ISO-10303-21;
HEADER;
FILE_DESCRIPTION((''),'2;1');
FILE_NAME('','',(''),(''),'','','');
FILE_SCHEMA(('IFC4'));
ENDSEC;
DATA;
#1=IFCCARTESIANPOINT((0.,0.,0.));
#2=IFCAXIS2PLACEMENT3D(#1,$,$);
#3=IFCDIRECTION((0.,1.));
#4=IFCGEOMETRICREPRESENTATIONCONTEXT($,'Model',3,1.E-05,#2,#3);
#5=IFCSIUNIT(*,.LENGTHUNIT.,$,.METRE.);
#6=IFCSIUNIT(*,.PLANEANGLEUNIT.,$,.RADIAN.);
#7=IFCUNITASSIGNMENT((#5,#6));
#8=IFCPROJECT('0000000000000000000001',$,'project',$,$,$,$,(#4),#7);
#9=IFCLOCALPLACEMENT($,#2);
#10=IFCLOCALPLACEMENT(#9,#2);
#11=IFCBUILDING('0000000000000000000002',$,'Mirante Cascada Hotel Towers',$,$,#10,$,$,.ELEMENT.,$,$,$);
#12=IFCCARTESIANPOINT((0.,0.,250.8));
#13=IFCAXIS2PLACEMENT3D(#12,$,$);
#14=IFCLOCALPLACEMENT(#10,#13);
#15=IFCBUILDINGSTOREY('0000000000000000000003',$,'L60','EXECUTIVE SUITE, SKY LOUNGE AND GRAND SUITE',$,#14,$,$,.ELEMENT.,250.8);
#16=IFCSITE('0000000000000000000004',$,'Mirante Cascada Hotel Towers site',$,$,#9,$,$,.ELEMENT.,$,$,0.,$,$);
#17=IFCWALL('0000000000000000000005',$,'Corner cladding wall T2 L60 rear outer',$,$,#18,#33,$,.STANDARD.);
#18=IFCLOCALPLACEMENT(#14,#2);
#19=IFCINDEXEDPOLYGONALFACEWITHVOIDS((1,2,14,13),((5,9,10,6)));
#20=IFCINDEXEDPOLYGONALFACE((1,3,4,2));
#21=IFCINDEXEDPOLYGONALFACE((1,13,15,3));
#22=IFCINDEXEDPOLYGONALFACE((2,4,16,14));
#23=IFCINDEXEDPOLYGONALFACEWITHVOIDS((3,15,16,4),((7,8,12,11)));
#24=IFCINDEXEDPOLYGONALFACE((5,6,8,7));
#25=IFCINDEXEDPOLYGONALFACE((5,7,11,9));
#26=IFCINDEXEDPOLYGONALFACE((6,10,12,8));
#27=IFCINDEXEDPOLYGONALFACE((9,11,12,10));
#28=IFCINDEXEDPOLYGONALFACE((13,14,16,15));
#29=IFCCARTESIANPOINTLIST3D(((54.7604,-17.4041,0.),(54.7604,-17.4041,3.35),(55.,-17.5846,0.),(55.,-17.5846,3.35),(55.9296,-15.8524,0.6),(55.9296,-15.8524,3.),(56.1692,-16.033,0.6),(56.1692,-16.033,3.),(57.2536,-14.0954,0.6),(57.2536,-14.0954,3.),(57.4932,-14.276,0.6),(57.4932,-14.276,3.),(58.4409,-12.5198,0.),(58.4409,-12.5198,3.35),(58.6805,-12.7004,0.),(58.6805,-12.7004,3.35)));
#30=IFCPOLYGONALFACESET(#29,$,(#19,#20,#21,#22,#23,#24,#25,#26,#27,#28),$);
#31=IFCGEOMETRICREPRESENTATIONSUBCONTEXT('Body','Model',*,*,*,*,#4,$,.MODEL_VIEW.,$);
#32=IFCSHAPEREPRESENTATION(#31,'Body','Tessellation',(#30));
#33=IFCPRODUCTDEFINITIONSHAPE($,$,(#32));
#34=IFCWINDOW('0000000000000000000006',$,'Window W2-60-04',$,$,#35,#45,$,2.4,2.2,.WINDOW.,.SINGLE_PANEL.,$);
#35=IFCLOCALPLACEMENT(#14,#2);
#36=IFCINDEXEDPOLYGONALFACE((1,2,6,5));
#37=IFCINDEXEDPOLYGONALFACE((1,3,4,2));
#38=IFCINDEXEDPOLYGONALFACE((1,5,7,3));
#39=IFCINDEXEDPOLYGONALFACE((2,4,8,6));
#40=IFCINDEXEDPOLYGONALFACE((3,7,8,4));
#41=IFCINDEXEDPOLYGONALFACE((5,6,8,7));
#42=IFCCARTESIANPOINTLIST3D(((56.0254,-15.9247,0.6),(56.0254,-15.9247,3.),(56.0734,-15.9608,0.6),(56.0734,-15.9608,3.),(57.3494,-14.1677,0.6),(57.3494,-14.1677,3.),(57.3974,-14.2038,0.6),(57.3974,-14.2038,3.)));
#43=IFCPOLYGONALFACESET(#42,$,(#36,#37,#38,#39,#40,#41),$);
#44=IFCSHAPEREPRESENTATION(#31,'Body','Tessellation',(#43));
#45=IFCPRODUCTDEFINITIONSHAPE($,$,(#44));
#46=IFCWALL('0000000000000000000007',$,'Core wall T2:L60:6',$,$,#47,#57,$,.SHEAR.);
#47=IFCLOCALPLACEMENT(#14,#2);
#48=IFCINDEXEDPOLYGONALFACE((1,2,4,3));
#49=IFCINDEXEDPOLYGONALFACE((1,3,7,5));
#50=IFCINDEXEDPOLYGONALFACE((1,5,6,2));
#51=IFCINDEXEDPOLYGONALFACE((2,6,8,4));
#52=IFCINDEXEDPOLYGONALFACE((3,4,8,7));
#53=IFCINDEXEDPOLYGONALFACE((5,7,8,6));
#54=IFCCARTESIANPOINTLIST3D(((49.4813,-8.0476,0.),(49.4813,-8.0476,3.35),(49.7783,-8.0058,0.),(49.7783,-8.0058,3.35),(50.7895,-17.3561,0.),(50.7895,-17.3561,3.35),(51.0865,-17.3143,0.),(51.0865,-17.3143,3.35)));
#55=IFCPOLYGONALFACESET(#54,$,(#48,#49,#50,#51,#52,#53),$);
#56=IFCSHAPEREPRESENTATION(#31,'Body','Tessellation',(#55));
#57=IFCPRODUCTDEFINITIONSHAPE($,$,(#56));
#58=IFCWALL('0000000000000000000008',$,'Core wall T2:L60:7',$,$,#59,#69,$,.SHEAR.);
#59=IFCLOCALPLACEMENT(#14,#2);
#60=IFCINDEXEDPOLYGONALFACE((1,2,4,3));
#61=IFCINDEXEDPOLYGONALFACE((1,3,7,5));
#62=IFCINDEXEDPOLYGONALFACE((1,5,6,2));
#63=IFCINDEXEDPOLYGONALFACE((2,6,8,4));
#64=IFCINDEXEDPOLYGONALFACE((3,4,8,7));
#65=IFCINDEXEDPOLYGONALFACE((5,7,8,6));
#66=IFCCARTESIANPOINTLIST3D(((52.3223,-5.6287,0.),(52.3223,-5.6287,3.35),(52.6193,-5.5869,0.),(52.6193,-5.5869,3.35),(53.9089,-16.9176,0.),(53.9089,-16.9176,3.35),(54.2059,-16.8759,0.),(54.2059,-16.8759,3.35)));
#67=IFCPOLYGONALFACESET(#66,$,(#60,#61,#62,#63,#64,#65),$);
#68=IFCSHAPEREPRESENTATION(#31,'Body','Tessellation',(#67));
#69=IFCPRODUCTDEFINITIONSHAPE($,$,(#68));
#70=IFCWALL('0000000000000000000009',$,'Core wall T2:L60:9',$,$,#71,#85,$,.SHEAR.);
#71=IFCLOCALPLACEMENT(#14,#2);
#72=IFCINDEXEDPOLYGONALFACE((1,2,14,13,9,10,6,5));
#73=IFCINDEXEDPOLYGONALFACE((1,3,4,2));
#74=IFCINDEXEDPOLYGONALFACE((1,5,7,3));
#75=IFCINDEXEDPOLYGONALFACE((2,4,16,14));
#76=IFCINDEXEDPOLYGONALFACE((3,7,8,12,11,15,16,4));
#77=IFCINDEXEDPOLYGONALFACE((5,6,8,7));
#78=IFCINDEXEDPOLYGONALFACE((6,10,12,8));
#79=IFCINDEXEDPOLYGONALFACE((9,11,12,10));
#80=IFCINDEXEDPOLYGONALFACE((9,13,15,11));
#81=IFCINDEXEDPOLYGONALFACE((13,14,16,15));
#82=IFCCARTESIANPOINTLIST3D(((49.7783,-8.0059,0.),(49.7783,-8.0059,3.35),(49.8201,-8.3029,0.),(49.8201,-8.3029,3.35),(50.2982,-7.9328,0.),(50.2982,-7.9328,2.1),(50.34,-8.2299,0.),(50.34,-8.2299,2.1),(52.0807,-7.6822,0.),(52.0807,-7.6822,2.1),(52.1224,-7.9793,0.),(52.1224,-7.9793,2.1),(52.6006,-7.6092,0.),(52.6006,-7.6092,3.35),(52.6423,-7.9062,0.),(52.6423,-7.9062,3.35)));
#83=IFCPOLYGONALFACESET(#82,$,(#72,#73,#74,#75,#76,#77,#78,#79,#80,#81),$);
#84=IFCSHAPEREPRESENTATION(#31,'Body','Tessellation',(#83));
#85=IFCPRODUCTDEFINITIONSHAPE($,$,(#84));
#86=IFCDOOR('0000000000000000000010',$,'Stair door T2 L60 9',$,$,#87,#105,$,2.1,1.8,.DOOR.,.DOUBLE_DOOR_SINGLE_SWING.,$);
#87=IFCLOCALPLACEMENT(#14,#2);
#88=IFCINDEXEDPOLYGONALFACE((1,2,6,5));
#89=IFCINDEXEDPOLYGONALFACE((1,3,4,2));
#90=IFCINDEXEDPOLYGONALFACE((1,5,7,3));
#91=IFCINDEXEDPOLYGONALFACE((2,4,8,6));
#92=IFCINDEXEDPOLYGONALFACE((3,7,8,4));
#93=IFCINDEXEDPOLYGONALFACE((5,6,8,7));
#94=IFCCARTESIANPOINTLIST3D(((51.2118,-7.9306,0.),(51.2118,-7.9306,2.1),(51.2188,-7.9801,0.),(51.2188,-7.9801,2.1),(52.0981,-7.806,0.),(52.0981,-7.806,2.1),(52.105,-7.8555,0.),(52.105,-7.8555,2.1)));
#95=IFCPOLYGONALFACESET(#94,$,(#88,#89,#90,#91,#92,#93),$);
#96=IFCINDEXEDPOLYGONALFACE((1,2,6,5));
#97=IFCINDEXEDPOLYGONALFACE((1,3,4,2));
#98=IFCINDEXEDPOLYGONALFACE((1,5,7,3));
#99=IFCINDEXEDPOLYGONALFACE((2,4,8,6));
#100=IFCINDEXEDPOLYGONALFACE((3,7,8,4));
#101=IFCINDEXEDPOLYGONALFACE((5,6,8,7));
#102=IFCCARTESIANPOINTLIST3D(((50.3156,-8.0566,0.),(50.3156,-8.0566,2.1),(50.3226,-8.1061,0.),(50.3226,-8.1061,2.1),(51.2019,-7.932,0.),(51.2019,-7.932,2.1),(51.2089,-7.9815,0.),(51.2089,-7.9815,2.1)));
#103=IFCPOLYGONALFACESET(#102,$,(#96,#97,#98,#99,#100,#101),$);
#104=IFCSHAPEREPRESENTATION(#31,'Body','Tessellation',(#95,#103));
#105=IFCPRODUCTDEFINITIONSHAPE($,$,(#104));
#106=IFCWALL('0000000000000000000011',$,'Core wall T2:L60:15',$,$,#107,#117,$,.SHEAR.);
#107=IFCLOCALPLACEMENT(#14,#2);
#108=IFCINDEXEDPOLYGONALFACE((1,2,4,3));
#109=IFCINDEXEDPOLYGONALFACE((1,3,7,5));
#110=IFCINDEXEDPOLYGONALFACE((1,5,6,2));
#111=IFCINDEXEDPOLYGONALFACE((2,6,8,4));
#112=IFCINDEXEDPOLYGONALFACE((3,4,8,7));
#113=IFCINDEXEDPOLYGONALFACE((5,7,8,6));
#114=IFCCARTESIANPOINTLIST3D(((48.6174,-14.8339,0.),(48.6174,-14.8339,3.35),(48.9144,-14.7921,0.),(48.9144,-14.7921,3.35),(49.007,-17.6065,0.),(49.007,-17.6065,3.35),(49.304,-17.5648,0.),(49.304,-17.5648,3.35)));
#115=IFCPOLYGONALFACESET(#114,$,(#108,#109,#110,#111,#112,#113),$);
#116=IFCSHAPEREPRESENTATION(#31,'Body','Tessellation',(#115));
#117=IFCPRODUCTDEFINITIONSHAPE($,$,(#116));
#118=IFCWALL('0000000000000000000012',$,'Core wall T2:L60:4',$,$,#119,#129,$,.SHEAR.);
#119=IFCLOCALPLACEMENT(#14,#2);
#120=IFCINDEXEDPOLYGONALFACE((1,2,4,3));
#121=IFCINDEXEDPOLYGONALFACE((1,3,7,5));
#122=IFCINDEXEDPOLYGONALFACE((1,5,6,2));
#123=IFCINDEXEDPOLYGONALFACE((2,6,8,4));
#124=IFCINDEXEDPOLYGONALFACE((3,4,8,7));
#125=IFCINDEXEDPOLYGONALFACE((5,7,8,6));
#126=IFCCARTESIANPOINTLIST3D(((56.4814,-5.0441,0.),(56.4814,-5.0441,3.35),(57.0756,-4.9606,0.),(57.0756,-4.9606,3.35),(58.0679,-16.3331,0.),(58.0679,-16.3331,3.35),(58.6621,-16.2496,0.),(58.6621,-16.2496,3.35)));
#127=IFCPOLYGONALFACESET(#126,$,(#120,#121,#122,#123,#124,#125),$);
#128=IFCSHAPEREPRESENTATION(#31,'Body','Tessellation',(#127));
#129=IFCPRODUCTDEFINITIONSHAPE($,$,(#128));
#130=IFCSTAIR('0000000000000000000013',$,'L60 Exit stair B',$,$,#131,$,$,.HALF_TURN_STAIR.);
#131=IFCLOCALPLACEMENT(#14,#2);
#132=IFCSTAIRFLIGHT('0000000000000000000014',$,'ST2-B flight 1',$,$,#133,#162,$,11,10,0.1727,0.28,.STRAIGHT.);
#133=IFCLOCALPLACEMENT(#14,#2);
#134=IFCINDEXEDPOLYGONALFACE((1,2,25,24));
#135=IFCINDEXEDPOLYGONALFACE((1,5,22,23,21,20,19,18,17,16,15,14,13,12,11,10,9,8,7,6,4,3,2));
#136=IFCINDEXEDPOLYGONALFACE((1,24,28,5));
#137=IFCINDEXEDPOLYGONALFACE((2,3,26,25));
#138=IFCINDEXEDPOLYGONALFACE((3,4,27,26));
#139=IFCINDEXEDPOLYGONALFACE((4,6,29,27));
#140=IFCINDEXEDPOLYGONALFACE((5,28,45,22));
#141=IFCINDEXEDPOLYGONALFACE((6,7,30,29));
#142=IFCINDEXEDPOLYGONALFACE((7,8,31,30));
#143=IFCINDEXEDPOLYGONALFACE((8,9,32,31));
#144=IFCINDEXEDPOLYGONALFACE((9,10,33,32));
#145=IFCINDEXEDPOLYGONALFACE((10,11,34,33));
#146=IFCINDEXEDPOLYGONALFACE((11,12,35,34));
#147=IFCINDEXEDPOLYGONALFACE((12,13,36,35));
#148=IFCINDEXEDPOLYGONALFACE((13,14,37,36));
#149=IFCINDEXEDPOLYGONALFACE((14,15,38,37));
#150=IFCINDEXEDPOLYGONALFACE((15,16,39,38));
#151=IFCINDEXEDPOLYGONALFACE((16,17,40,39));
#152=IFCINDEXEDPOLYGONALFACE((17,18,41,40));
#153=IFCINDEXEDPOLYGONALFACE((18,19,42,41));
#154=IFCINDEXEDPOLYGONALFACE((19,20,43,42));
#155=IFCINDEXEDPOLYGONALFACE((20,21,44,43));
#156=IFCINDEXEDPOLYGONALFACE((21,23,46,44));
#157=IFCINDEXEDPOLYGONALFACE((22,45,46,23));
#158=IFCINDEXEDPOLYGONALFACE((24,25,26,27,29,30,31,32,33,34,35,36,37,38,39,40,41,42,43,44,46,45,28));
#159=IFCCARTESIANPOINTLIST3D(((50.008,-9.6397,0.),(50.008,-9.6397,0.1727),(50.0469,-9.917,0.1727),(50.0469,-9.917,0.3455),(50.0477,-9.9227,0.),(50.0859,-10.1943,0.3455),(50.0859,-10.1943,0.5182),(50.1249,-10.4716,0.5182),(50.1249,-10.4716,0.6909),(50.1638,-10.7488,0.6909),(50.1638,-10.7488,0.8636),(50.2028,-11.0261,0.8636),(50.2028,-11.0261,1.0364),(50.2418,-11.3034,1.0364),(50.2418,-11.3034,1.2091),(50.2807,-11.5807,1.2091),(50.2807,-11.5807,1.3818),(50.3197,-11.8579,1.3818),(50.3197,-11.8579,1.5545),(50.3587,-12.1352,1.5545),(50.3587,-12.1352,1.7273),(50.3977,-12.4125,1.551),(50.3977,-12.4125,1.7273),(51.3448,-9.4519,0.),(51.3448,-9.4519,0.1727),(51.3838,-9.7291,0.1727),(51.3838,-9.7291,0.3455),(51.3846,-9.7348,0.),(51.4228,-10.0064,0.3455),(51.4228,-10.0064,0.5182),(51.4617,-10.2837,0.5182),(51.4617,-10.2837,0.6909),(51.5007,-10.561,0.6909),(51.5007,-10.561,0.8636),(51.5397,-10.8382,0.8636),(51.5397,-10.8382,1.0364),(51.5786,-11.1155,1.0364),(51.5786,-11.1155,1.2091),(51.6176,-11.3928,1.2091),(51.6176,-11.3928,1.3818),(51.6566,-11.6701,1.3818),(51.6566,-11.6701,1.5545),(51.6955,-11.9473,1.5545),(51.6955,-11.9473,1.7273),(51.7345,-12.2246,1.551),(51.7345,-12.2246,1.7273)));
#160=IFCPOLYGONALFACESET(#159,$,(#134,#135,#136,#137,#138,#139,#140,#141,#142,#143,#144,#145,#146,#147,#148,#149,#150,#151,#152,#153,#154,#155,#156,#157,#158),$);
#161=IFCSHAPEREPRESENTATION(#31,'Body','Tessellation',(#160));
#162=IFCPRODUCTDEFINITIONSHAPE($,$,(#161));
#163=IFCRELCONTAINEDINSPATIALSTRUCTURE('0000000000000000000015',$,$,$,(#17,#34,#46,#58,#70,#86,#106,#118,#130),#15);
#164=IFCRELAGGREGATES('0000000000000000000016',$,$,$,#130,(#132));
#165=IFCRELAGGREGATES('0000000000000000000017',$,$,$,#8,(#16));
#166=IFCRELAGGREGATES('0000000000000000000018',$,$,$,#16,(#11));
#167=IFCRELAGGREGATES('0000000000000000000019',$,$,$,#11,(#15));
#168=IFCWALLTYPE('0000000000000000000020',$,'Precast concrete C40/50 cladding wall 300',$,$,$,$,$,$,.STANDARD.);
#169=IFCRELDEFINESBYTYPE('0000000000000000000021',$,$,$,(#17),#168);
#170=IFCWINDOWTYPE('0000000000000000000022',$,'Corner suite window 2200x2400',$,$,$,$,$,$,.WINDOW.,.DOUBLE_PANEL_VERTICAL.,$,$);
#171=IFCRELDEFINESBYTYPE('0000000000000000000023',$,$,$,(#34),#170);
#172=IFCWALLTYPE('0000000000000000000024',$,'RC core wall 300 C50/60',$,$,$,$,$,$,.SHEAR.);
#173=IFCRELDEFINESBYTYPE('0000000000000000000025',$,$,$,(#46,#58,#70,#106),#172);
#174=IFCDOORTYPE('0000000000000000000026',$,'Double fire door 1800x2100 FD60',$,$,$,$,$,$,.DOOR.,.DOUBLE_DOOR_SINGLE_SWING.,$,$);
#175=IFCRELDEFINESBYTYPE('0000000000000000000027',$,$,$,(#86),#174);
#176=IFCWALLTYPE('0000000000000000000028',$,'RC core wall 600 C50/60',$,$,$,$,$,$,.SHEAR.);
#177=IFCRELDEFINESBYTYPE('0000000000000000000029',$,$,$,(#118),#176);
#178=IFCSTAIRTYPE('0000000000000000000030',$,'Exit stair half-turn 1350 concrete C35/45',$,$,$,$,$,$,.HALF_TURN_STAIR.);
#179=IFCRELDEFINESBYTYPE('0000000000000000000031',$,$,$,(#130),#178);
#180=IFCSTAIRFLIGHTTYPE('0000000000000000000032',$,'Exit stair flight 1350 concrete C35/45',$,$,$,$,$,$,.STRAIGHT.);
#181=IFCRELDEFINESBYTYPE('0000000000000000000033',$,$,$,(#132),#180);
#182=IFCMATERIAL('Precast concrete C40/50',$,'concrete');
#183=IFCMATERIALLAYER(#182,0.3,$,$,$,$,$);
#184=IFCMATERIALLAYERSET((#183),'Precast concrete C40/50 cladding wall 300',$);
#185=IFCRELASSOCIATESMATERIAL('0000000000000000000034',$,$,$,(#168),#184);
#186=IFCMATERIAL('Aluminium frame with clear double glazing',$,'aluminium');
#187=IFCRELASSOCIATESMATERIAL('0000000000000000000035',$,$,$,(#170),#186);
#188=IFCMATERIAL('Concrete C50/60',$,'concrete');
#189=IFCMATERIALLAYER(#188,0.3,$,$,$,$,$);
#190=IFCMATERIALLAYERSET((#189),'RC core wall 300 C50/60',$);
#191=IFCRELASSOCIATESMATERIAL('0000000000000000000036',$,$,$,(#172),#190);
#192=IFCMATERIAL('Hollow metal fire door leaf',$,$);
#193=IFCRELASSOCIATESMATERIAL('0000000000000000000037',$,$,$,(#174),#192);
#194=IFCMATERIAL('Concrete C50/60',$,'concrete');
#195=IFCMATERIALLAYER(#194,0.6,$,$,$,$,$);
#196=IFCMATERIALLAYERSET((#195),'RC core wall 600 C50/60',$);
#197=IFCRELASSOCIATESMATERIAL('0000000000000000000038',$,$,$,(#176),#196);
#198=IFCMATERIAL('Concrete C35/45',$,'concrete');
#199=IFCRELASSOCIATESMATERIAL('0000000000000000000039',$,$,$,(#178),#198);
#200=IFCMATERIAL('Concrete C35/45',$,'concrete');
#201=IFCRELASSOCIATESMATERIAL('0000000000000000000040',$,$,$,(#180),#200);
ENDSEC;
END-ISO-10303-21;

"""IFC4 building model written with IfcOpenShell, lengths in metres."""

from ifc_helpers import new_model, si_unit, direction, frame, frame_2d, origin, place, context, subcontext, project, spatial, polyline, rectangle, outline, extrude, material, layer, layer_set, type_object, element, fill, aggregate, save


model = new_model("IFC4")

# Units and contexts
model_context = context("Model", 3, precision=1e-05, world=origin(), true_north=direction((0.0, 1.0)))
body_context = subcontext(model_context, "Body", "Model", "MODEL_VIEW")
ifc_project = project(units=[si_unit("LENGTHUNIT", "METRE"), si_unit("PLANEANGLEUNIT", "RADIAN")], contexts=[model_context])

# Site, building, storey
site_placement = place(None, origin())
site = spatial("IfcSite", under=ifc_project, at=site_placement, Name="Mirante Cascada Hotel Towers site", CompositionType="ELEMENT", RefElevation=0.0)
building_placement = place(site_placement, origin())
building = spatial("IfcBuilding", under=site, at=building_placement, Name="Mirante Cascada Hotel Towers", CompositionType="ELEMENT")
storey_placement = place(building_placement, frame((0.0, 0.0, 250.8)))
storey = spatial("IfcBuildingStorey", under=building, at=storey_placement, Name="L60", Description="EXECUTIVE SUITE, SKY LOUNGE AND GRAND SUITE", CompositionType="ELEMENT", Elevation=250.8)

# Wall, opening, window
ifc_material_1 = material(Name="Precast concrete C40/50", Category="concrete")
ifc_layer_1 = layer(ifc_material_1, 0.3)
ifc_layer_set_1 = layer_set([ifc_layer_1], Name="Precast concrete C40/50 cladding wall 300")
wall_type_1 = type_object("IfcWallType", Name="Precast concrete C40/50 cladding wall 300", PredefinedType="STANDARD", material=ifc_layer_set_1)
wall_1_placement = place(storey_placement, frame((54.8802, -17.4943, 0.0), z_axis=(0.0, 0.0, 1.0), x_axis=(0.601814, 0.798636, 0.0)))
wall_1 = element("IfcWall", 1, at=wall_1_placement, inside=storey, type_object=wall_type_1, Name="Corner cladding wall T2 L60 rear outer", PredefinedType="STANDARD", context=body_context, shape_type="SweptSolid", body=[
    extrude(rectangle(XDim=6.1157, YDim=0.3, at=frame_2d((3.0578, 0.0))), origin(), (0.0, 0.0, 1.0), 3.35),
])
opening_1_placement = place(wall_1_placement, frame((1.9428, 0.0, 0.6)))
opening_1 = element("IfcOpeningElement", 2, at=opening_1_placement, cuts=wall_1, PredefinedType="OPENING", context=body_context, shape_type="SweptSolid", body=[
    extrude(rectangle(XDim=2.2, YDim=2.4, at=frame_2d((1.1, 1.2))), frame((0.0, 0.15, 0.0), z_axis=(0.0, -1.0, 0.0), x_axis=(1.0, 0.0, 0.0)), (0.0, 0.0, 1.0), 0.3),
])
ifc_material_2 = material(Name="Aluminium frame with clear double glazing", Category="aluminium")
window_type = type_object("IfcWindowType", Name="Corner suite window 2200x2400", PartitioningType="DOUBLE_PANEL_VERTICAL", PredefinedType="WINDOW", material=ifc_material_2)
window_placement = place(opening_1_placement, origin())
window = element("IfcWindow", 3, at=window_placement, inside=storey, type_object=window_type, Name="Window W2-60-04", OverallHeight=2.4, OverallWidth=2.2, PartitioningType="SINGLE_PANEL", PredefinedType="WINDOW", context=body_context, shape_type="SweptSolid", body=[
    extrude(rectangle(XDim=2.2, YDim=2.4, at=frame_2d((1.1, 1.2))), frame((0.0, 0.03, 0.0), z_axis=(0.0, -1.0, 0.0), x_axis=(1.0, 0.0, 0.0)), (0.0, 0.0, 1.0), 0.06),
])
fill(opening_1, window)

# Walls
ifc_material_3 = material(Name="Concrete C50/60", Category="concrete")
ifc_layer_2 = layer(ifc_material_3, 0.3)
ifc_layer_set_2 = layer_set([ifc_layer_2], Name="RC core wall 300 C50/60")
wall_type_2 = type_object("IfcWallType", Name="RC core wall 300 C50/60", PredefinedType="SHEAR", material=ifc_layer_set_2)
wall_2_placement = place(storey_placement, frame((50.938, -17.3352, 0.0), z_axis=(0.0, 0.0, 1.0), x_axis=(-0.139171, 0.990268, 0.0)))
element("IfcWall", 4, at=wall_2_placement, inside=storey, type_object=wall_type_2, Name="Core wall T2:L60:6", PredefinedType="SHEAR", context=body_context, shape_type="SweptSolid", body=[
    extrude(rectangle(XDim=9.4, YDim=0.3, at=frame_2d((4.7, 0.0))), origin(), (0.0, 0.0, 1.0), 3.35),
])
wall_3_placement = place(storey_placement, frame((54.0574, -16.8968, 0.0), z_axis=(0.0, 0.0, 1.0), x_axis=(-0.139176, 0.990268, 0.0)))
element("IfcWall", 5, at=wall_3_placement, inside=storey, type_object=wall_type_2, Name="Core wall T2:L60:7", PredefinedType="SHEAR", context=body_context, shape_type="SweptSolid", body=[
    extrude(rectangle(XDim=11.3999, YDim=0.3, at=frame_2d((5.7, 0.0))), origin(), (0.0, 0.0, 1.0), 3.35),
])

# Wall, opening, door
wall_4_placement = place(storey_placement, frame((49.7992, -8.1544, 0.0), z_axis=(0.0, 0.0, 1.0), x_axis=(0.990266, 0.139191, 0.0)))
wall_4 = element("IfcWall", 6, at=wall_4_placement, inside=storey, type_object=wall_type_2, Name="Core wall T2:L60:9", PredefinedType="SHEAR", context=body_context, shape_type="SweptSolid", body=[
    extrude(rectangle(XDim=2.85, YDim=0.3, at=frame_2d((1.425, 0.0))), origin(), (0.0, 0.0, 1.0), 3.35),
])
opening_2_placement = place(wall_4_placement, frame((0.525, 0.0, 0.0)))
opening_2 = element("IfcOpeningElement", 7, at=opening_2_placement, cuts=wall_4, PredefinedType="OPENING", context=body_context, shape_type="SweptSolid", body=[
    extrude(rectangle(XDim=1.8, YDim=2.1, at=frame_2d((0.9, 1.05))), frame((0.0, 0.15, 0.0), z_axis=(0.0, -1.0, 0.0), x_axis=(1.0, 0.0, 0.0)), (0.0, 0.0, 1.0), 0.3),
])
ifc_material_4 = material(Name="Hollow metal fire door leaf")
door_type_1 = type_object("IfcDoorType", Name="Double fire door 1800x2100 FD60", OperationType="DOUBLE_DOOR_SINGLE_SWING", PredefinedType="DOOR", material=ifc_material_4)
door_1_placement = place(opening_2_placement, frame((1.8, 0.0, 0.0), z_axis=(0.0, 0.0, 1.0), x_axis=(-1.0, 0.0, 0.0)))
door_1 = element("IfcDoor", 8, at=door_1_placement, inside=storey, type_object=door_type_1, Name="Stair door T2 L60 9", OperationType="DOUBLE_DOOR_SINGLE_SWING", OverallHeight=2.1, OverallWidth=1.8, PredefinedType="DOOR", context=body_context, shape_type="SweptSolid", body=[
    extrude(rectangle(XDim=0.895, YDim=2.1, at=frame_2d((0.4475, 1.05))), frame((0.0, 0.025, 0.0), z_axis=(0.0, -1.0, 0.0), x_axis=(1.0, 0.0, 0.0)), (0.0, 0.0, 1.0), 0.05),
    extrude(rectangle(XDim=0.895, YDim=2.1, at=frame_2d((1.3525, 1.05))), frame((0.0, 0.025, 0.0), z_axis=(0.0, -1.0, 0.0), x_axis=(1.0, 0.0, 0.0)), (0.0, 0.0, 1.0), 0.05),
])
fill(opening_2, door_1)

# Walls
wall_5_placement = place(storey_placement, frame((49.1555, -17.5857, 0.0), z_axis=(0.0, 0.0, 1.0), x_axis=(-0.139146, 0.990272, 0.0)))
element("IfcWall", 9, at=wall_5_placement, inside=storey, type_object=wall_type_2, Name="Core wall T2:L60:15", PredefinedType="SHEAR", context=body_context, shape_type="SweptSolid", body=[
    extrude(rectangle(XDim=2.7999, YDim=0.3, at=frame_2d((1.4, 0.0))), origin(), (0.0, 0.0, 1.0), 3.35),
])
ifc_material_5 = material(Name="Concrete C50/60", Category="concrete")
ifc_layer_3 = layer(ifc_material_5, 0.6)
ifc_layer_set_3 = layer_set([ifc_layer_3], Name="RC core wall 600 C50/60")
wall_type_3 = type_object("IfcWallType", Name="RC core wall 600 C50/60", PredefinedType="SHEAR", material=ifc_layer_set_3)
wall_6_placement = place(storey_placement, frame((58.365, -16.2914, 0.0), z_axis=(0.0, 0.0, 1.0), x_axis=(-0.139167, 0.990269, 0.0)))
element("IfcWall", 10, at=wall_6_placement, inside=storey, type_object=wall_type_3, Name="Core wall T2:L60:4", PredefinedType="SHEAR", context=body_context, shape_type="SweptSolid", body=[
    extrude(rectangle(XDim=11.3999, YDim=0.6, at=frame_2d((5.7, 0.0))), origin(), (0.0, 0.0, 1.0), 3.35),
])

# Stair, stair flight
ifc_material_6 = material(Name="Concrete C35/45", Category="concrete")
stair_type = type_object("IfcStairType", Name="Exit stair half-turn 1350 concrete C35/45", PredefinedType="HALF_TURN_STAIR", material=ifc_material_6)
stair_placement = place(storey_placement, origin())
stair = element("IfcStair", 11, at=stair_placement, inside=storey, type_object=stair_type, Name="L60 Exit stair B", PredefinedType="HALF_TURN_STAIR")
ifc_material_7 = material(Name="Concrete C35/45", Category="concrete")
stair_flight_type = type_object("IfcStairFlightType", Name="Exit stair flight 1350 concrete C35/45", PredefinedType="STRAIGHT", material=ifc_material_7)
stair_flight_1_placement = place(storey_placement, frame((50.6764, -9.5458, 0.0), z_axis=(0.0, 0.0, 1.0), x_axis=(0.139173, -0.990268, 0.0)))
stair_flight_1 = element("IfcStairFlight", 12, at=stair_flight_1_placement, type_object=stair_flight_type, Name="ST2-B flight 1", NumberOfRisers=11, NumberOfTreads=10, PredefinedType="STRAIGHT", RiserHeight=0.1727, TreadLength=0.28, context=body_context, shape_type="SweptSolid", body=[
    extrude(outline(polyline([(0.0, 0.0), (0.0, 0.1727), (0.28, 0.1727), (0.28, 0.3455), (0.56, 0.3455), (0.56, 0.5182), (0.84, 0.5182), (0.84, 0.6909), (1.12, 0.6909), (1.12, 0.8636), (1.4, 0.8636), (1.4, 1.0364), (1.68, 1.0364), (1.68, 1.2091), (1.96, 1.2091), (1.96, 1.3818), (2.24, 1.3818), (2.24, 1.5545), (2.52, 1.5545), (2.52, 1.7273), (2.8, 1.7273), (2.8, 1.9), (2.8, 1.551), (0.2857, 0.0), (0.0, 0.0)])), frame((0.0, 0.675, 0.0), z_axis=(0.0, -1.0, 0.0), x_axis=(1.0, 0.0, 0.0)), (0.0, 0.0, 1.0), 1.35),
])
aggregate(stair, [stair_flight_1])

save(model, "model.ifc")
